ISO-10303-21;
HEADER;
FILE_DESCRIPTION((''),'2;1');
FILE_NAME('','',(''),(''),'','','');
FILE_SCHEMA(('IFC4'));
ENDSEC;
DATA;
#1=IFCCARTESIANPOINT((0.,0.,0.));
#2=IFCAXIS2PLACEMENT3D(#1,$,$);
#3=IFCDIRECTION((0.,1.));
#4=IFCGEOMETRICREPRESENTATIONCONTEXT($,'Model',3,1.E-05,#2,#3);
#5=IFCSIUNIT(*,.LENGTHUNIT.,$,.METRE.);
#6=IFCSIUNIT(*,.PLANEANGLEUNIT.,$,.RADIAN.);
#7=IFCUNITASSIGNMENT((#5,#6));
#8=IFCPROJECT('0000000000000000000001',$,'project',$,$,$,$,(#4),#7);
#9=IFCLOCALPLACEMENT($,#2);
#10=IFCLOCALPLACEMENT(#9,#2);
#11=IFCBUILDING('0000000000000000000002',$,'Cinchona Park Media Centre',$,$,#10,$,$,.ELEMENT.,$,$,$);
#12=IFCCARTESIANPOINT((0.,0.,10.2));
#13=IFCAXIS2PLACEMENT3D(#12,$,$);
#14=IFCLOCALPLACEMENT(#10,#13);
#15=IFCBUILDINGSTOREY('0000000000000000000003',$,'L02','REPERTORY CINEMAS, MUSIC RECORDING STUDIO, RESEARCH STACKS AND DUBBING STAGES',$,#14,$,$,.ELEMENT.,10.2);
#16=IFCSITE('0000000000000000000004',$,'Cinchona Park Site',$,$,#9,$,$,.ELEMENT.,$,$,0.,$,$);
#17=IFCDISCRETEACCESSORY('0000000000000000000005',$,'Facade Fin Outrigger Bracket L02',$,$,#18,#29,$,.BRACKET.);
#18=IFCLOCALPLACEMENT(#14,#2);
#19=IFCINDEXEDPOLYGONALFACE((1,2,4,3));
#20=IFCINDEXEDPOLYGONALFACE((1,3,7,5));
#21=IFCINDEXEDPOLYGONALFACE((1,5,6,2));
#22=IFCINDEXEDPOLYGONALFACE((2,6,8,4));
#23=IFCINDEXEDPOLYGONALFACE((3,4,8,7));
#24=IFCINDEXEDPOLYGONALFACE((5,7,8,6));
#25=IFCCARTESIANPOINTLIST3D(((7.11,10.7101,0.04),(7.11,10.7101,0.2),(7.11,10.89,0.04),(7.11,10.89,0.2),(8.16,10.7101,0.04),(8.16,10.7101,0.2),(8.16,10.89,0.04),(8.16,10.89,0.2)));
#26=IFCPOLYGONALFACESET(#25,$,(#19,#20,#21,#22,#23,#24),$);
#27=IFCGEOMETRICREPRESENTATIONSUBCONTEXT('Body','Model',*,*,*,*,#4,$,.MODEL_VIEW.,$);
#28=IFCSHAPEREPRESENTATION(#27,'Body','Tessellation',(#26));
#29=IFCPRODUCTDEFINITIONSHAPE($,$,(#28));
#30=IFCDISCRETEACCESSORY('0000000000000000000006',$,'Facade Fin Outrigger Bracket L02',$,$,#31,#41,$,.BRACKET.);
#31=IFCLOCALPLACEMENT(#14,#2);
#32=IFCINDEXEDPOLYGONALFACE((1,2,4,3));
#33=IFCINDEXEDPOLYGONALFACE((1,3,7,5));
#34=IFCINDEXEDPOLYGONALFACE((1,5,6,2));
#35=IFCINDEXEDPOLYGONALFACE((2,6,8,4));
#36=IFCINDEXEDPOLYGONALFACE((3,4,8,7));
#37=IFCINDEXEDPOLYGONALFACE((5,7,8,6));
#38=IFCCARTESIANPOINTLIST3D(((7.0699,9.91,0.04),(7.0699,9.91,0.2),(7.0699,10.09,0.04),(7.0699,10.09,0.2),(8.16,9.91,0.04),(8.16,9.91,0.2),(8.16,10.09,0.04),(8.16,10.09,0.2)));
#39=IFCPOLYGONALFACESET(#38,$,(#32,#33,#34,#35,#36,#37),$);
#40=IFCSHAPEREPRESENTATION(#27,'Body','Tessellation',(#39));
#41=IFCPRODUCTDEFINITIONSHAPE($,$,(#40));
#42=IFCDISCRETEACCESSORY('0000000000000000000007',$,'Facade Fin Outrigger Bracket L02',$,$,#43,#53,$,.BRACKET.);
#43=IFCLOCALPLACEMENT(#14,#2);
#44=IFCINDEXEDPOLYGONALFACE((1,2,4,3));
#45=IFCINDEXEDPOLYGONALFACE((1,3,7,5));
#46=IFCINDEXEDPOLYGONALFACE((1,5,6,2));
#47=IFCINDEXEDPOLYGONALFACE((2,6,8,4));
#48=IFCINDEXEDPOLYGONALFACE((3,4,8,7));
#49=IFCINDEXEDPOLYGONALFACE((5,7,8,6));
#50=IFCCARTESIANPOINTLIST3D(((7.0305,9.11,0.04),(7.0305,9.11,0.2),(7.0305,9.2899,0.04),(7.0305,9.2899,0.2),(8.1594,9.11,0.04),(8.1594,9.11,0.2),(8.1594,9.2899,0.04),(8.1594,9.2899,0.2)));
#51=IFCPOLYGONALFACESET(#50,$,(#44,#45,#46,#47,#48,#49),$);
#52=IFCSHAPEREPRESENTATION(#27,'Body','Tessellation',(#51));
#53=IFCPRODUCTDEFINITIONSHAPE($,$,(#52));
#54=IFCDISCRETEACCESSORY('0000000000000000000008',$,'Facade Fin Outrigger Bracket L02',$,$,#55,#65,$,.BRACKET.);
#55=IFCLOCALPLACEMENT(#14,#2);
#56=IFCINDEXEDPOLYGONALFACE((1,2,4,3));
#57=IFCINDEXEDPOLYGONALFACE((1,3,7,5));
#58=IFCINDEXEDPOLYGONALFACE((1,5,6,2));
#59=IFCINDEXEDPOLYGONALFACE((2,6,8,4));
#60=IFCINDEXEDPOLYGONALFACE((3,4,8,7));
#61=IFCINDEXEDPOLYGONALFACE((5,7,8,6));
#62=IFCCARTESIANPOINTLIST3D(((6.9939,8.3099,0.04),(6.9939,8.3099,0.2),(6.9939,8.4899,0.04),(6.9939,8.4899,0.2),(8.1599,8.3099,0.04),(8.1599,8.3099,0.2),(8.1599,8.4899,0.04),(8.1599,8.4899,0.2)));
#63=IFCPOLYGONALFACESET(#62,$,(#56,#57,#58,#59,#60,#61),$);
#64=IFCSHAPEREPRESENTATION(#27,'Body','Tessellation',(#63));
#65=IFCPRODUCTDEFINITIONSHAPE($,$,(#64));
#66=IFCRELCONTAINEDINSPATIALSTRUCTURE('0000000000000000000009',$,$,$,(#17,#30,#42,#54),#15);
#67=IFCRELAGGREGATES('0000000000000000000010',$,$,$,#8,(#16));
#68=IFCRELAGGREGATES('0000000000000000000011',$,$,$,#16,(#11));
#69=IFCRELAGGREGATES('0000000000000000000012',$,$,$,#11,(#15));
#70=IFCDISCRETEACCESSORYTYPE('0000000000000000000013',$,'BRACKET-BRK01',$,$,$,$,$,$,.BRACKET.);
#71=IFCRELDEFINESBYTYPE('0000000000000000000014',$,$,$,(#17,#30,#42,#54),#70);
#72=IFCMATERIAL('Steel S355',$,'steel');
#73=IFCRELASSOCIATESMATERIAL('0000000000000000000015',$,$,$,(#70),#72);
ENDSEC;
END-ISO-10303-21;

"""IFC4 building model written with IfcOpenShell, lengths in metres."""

from ifc_helpers import new_model, si_unit, direction, frame, origin, origin_2d, place, context, subcontext, project, spatial, rectangle, extrude, material, type_object, element, save


model = new_model("IFC4")

# Units and contexts
model_context = context("Model", 3, precision=1e-05, world=origin(), true_north=direction((0.0, 1.0)))
body_context = subcontext(model_context, "Body", "Model", "MODEL_VIEW")
ifc_project = project(units=[si_unit("LENGTHUNIT", "METRE"), si_unit("PLANEANGLEUNIT", "RADIAN")], contexts=[model_context])

# Site, building, storey
site_placement = place(None, origin())
site = spatial("IfcSite", under=ifc_project, at=site_placement, Name="Cinchona Park Site", CompositionType="ELEMENT", RefElevation=0.0)
building_placement = place(site_placement, origin())
building = spatial("IfcBuilding", under=site, at=building_placement, Name="Cinchona Park Media Centre", CompositionType="ELEMENT")
storey_placement = place(building_placement, frame((0.0, 0.0, 10.2)))
storey = spatial("IfcBuildingStorey", under=building, at=storey_placement, Name="L02", Description="REPERTORY CINEMAS, MUSIC RECORDING STUDIO, RESEARCH STACKS AND DUBBING STAGES", CompositionType="ELEMENT", Elevation=10.2)

# Discrete accessories
ifc_material_1 = material(Name="Steel S355", Category="steel")
discrete_accessory_type = type_object("IfcDiscreteAccessoryType", Name="BRACKET-BRK01", PredefinedType="BRACKET", material=ifc_material_1)
discrete_accessory_1_placement = place(storey_placement, frame((7.635, 10.8, 0.04), z_axis=(0.0, 0.0, 1.0), x_axis=(0.0, -1.0, 0.0)))
element("IfcDiscreteAccessory", 1, at=discrete_accessory_1_placement, inside=storey, type_object=discrete_accessory_type, Name="Facade Fin Outrigger Bracket L02", PredefinedType="BRACKET", context=body_context, shape_type="SweptSolid", body=[
    extrude(rectangle(XDim=0.1799, YDim=1.05, at=origin_2d()), origin(), (0.0, 0.0, 1.0), 0.1599),
])
discrete_accessory_2_placement = place(storey_placement, frame((7.615, 10.0, 0.04), z_axis=(0.0, 0.0, 1.0), x_axis=(0.0, -1.0, 0.0)))
element("IfcDiscreteAccessory", 2, at=discrete_accessory_2_placement, inside=storey, type_object=discrete_accessory_type, Name="Facade Fin Outrigger Bracket L02", PredefinedType="BRACKET", context=body_context, shape_type="SweptSolid", body=[
    extrude(rectangle(XDim=0.1799, YDim=1.0901, at=origin_2d()), origin(), (0.0, 0.0, 1.0), 0.1599),
])
discrete_accessory_3_placement = place(storey_placement, frame((7.595, 9.2, 0.04), z_axis=(0.0, 0.0, 1.0), x_axis=(0.0, -1.0, 0.0)))
element("IfcDiscreteAccessory", 3, at=discrete_accessory_3_placement, inside=storey, type_object=discrete_accessory_type, Name="Facade Fin Outrigger Bracket L02", PredefinedType="BRACKET", context=body_context, shape_type="SweptSolid", body=[
    extrude(rectangle(XDim=0.1799, YDim=1.1289, at=origin_2d()), origin(), (0.0, 0.0, 1.0), 0.1599),
])
discrete_accessory_4_placement = place(storey_placement, frame((7.5769, 8.3999, 0.04), z_axis=(0.0, 0.0, 1.0), x_axis=(0.0, -1.0, 0.0)))
element("IfcDiscreteAccessory", 4, at=discrete_accessory_4_placement, inside=storey, type_object=discrete_accessory_type, Name="Facade Fin Outrigger Bracket L02", PredefinedType="BRACKET", context=body_context, shape_type="SweptSolid", body=[
    extrude(rectangle(XDim=0.1799, YDim=1.166, at=origin_2d()), origin(), (0.0, 0.0, 1.0), 0.1599),
])

save(model, "model.ifc")
